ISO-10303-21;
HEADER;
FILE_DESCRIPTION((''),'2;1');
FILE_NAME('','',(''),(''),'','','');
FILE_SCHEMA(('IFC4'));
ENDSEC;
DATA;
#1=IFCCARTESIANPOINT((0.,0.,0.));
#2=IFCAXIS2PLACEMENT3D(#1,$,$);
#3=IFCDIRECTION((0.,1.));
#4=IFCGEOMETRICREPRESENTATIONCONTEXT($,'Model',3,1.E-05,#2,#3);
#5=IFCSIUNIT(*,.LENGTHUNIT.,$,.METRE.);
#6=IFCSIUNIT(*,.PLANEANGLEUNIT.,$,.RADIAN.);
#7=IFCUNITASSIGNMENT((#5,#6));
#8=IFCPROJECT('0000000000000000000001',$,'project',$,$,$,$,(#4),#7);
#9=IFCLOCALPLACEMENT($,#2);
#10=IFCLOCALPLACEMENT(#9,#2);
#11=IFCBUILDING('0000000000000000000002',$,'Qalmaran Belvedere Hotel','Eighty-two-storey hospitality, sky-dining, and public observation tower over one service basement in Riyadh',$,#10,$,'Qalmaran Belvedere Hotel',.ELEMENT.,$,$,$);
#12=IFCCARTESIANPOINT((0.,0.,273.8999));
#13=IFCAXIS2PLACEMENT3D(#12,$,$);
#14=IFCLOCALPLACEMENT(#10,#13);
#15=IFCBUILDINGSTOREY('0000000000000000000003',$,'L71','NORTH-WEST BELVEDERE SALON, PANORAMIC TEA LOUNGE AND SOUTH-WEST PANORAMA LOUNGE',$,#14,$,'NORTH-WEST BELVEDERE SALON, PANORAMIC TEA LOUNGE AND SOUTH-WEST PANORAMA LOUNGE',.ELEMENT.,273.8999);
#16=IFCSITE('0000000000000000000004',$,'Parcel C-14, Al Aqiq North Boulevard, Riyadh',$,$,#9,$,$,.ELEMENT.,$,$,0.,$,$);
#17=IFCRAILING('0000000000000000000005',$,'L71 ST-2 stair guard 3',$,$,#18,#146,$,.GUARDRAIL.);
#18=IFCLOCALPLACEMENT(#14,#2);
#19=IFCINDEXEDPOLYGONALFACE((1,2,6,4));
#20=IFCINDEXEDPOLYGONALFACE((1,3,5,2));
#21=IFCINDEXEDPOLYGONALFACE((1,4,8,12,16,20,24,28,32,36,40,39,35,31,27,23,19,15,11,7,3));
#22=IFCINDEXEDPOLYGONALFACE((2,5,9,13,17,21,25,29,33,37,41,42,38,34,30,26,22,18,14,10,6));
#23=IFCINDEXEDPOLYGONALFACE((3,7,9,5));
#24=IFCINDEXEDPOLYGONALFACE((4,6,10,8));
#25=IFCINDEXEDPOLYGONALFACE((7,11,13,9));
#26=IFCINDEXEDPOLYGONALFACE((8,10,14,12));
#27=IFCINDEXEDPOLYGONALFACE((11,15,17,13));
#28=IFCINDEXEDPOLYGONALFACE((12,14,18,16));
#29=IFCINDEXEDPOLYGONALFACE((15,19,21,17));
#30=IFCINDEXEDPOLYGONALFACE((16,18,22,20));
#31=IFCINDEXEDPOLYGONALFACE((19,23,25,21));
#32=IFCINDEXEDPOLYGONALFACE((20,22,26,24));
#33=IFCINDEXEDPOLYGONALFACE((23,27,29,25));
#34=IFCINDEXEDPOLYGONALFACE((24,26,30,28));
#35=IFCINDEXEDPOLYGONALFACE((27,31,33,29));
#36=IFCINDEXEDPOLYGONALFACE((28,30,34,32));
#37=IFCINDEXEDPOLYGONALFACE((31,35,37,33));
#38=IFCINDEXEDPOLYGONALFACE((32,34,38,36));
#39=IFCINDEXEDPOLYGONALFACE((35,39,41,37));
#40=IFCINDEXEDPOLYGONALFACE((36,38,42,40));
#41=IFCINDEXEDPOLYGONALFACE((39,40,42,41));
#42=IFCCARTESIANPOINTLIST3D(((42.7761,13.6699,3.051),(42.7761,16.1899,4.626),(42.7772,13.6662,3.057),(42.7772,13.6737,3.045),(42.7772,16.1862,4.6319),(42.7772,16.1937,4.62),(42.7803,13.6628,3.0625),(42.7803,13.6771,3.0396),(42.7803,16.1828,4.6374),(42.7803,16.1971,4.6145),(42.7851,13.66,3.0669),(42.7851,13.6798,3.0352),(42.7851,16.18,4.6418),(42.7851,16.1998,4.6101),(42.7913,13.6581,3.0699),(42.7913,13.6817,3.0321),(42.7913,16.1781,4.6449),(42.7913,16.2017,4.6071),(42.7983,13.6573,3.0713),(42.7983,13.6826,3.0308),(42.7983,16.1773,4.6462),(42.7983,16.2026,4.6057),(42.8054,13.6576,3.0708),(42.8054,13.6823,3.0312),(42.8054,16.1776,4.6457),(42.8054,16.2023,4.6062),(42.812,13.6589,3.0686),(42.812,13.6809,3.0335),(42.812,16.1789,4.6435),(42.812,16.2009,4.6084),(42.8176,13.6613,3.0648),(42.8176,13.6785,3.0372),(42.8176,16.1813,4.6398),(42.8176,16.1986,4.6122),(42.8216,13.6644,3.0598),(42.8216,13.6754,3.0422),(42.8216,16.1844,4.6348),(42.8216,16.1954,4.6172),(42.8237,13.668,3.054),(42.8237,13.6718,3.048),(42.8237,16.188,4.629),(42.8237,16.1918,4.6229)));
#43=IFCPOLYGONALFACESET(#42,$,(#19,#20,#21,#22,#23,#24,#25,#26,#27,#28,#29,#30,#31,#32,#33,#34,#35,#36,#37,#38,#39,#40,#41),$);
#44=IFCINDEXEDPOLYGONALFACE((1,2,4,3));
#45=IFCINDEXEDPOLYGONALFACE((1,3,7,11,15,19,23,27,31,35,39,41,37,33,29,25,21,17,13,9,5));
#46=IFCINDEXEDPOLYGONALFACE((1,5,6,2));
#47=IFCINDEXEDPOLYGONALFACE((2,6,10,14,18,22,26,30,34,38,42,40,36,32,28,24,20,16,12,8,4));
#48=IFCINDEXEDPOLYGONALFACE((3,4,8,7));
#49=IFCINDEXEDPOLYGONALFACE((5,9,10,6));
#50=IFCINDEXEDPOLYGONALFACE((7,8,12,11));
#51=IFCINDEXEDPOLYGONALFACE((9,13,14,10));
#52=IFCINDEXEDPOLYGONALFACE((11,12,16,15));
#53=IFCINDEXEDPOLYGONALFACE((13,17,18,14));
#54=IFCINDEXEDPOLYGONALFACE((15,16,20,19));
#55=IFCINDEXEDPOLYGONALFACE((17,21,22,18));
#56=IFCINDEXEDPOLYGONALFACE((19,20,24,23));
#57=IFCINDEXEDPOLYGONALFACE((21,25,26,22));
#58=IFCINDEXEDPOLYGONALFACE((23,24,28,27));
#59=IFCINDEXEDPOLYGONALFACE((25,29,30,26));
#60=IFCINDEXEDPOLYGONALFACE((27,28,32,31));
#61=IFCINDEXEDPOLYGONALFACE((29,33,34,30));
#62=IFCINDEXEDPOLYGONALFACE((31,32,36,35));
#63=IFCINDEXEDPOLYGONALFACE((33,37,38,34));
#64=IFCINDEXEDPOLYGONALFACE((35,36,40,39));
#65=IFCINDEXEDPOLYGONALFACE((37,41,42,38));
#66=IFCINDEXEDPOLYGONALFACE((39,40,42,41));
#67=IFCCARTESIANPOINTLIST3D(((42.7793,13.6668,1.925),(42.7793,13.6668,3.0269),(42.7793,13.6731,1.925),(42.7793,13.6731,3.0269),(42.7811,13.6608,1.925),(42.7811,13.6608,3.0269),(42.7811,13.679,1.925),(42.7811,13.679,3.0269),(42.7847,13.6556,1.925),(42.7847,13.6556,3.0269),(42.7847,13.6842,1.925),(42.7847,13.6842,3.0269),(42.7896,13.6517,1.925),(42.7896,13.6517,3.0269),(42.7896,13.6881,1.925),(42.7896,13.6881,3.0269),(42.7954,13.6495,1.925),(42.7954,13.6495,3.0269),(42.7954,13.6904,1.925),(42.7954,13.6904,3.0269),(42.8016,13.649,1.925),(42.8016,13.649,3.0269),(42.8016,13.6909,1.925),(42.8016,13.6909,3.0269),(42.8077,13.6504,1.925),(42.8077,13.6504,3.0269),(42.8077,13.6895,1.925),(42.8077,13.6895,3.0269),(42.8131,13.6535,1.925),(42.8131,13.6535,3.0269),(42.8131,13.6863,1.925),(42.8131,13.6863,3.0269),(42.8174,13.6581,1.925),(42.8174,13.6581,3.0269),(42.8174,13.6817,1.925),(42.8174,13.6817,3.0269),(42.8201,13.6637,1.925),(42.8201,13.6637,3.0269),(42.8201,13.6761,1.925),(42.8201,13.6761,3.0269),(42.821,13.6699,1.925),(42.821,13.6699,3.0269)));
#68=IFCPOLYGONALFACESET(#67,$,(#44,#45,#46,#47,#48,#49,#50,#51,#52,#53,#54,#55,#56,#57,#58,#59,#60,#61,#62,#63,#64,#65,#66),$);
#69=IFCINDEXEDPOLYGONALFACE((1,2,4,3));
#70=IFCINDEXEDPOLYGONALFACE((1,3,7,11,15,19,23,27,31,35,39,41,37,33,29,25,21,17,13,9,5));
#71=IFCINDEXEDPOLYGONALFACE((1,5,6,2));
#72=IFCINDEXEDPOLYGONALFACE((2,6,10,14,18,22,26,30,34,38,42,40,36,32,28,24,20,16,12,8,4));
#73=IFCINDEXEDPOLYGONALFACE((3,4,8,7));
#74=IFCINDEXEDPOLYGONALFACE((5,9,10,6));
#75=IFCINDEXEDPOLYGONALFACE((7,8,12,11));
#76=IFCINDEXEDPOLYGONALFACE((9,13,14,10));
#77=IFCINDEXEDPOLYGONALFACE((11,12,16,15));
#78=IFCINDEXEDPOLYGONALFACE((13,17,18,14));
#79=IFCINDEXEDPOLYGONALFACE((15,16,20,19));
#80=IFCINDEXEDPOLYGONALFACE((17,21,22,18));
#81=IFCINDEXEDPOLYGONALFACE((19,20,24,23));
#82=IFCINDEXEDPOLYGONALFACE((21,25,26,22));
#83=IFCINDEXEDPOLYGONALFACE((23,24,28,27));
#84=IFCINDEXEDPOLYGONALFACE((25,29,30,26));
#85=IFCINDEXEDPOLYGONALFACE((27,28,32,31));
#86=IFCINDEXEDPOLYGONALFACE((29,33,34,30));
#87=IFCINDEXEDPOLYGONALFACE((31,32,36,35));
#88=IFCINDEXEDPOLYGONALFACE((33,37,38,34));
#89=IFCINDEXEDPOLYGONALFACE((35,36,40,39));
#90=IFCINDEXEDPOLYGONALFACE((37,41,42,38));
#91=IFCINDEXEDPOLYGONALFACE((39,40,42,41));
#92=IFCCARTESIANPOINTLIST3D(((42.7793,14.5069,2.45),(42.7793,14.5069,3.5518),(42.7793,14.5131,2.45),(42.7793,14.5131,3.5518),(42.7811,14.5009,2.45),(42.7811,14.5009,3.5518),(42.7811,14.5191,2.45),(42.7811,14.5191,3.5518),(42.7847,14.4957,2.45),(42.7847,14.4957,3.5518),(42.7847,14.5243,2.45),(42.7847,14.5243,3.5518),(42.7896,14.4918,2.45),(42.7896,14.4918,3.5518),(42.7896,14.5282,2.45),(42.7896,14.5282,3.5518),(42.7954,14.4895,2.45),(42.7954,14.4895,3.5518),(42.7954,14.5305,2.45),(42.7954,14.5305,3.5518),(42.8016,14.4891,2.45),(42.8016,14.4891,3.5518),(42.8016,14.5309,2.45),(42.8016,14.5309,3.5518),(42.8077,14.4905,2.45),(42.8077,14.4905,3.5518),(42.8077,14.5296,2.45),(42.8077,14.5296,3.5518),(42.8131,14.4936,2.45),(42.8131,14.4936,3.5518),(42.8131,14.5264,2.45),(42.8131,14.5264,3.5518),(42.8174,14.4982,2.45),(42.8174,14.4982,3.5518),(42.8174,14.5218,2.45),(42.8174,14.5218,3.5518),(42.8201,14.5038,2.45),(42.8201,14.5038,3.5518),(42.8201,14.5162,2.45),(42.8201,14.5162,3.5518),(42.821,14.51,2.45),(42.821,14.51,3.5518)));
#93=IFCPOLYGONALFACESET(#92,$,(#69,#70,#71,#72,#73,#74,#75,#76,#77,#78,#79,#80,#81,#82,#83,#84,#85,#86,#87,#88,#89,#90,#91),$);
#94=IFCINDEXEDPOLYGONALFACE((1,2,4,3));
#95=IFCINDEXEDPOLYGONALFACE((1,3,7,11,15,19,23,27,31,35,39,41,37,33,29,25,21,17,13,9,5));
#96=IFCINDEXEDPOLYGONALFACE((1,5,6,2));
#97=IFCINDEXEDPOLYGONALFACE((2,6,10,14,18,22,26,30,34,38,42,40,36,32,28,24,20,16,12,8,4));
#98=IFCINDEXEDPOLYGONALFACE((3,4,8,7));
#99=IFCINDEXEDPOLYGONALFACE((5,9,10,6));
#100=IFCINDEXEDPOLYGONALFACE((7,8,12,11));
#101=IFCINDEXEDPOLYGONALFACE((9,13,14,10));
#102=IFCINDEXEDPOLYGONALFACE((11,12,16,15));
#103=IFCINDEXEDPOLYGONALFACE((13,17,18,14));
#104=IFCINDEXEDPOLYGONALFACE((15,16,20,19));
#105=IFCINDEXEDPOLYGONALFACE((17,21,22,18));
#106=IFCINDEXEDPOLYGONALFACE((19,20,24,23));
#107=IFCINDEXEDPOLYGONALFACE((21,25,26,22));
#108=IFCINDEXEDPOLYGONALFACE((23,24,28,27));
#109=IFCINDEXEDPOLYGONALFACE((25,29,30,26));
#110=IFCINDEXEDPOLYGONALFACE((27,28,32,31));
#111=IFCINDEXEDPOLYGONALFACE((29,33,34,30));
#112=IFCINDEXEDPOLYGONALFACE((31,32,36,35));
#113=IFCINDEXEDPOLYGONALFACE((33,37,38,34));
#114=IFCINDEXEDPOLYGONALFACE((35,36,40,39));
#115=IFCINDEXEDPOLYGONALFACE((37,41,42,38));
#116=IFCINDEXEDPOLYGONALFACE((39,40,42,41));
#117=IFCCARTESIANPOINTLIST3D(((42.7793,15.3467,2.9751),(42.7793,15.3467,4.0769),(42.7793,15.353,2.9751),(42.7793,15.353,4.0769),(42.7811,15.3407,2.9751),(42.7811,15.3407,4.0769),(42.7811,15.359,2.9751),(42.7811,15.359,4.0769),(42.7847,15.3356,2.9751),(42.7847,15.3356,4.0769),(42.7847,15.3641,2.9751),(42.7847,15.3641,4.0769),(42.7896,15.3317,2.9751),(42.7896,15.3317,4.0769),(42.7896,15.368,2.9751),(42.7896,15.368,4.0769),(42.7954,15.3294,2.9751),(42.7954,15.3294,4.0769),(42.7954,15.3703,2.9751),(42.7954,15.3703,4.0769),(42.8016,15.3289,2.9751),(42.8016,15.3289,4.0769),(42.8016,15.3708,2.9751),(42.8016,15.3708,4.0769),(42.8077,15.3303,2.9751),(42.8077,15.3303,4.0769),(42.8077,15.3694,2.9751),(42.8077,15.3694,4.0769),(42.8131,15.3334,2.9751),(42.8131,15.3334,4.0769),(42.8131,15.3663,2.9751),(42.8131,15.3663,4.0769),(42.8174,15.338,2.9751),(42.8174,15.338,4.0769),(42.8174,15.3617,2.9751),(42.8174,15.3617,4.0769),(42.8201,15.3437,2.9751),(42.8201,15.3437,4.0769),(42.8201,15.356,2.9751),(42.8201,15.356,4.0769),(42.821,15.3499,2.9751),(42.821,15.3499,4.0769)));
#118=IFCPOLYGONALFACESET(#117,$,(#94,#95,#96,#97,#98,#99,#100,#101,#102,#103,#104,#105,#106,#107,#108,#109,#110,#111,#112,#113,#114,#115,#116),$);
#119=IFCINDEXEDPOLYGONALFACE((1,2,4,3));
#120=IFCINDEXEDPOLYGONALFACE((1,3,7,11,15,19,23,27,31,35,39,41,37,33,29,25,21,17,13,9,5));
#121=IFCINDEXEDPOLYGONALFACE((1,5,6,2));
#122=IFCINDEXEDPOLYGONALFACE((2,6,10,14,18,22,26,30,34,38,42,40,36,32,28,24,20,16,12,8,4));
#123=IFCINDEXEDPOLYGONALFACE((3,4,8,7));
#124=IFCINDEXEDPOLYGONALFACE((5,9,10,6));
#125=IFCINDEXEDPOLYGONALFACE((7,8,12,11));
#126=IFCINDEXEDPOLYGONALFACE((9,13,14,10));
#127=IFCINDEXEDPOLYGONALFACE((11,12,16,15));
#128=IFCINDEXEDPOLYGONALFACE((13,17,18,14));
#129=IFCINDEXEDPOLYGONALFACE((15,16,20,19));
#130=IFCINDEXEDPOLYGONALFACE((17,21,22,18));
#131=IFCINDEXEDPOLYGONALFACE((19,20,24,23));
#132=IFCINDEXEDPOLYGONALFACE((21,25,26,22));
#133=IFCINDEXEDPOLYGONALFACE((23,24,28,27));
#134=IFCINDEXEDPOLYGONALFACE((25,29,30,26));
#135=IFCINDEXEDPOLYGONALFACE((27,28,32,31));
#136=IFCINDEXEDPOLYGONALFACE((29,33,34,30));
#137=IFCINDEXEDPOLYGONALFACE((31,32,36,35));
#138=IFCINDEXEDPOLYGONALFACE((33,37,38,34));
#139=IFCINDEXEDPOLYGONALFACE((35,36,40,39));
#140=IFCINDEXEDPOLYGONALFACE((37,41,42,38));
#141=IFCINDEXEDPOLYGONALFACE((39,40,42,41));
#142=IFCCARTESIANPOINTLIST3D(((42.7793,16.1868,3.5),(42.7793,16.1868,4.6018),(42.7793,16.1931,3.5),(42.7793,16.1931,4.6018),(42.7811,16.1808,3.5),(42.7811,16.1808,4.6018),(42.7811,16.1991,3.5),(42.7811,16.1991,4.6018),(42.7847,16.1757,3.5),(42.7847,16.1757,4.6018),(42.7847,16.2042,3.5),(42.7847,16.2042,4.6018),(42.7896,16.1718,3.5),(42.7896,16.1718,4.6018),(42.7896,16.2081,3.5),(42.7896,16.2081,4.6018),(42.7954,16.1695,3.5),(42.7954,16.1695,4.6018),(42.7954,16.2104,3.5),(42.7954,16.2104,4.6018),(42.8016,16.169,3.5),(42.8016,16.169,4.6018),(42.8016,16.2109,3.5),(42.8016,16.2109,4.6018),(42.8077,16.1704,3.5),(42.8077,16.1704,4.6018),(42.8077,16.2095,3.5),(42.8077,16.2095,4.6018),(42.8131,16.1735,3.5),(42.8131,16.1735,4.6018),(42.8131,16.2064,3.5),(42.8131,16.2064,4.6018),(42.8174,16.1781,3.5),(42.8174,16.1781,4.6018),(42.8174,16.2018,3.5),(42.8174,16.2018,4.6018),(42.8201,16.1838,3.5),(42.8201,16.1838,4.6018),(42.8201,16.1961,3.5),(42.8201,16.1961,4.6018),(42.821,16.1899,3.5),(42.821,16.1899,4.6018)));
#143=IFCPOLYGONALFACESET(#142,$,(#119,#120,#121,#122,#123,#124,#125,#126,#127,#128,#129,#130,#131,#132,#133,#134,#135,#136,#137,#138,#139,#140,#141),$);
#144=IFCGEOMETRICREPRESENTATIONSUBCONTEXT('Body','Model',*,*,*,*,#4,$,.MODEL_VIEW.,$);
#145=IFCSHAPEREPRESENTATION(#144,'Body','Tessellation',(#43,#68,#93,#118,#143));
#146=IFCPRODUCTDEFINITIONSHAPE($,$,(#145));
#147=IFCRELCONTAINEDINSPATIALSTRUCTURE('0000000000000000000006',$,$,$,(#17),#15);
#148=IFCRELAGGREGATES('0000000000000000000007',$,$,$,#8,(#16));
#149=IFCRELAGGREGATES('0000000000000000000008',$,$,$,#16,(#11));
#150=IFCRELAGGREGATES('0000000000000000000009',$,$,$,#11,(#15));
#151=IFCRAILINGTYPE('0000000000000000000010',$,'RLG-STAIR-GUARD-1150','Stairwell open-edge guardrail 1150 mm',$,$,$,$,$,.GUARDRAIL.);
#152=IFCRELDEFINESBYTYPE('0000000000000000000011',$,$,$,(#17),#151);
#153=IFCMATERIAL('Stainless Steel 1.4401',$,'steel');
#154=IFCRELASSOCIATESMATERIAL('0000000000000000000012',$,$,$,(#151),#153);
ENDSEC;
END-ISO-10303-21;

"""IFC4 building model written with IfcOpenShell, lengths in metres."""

from ifc_helpers import new_model, si_unit, direction, frame, origin, origin_2d, place, context, subcontext, project, spatial, circle, extrude, material, type_object, element, save


model = new_model("IFC4")

# Units and contexts
model_context = context("Model", 3, precision=1e-05, world=origin(), true_north=direction((0.0, 1.0)))
body_context = subcontext(model_context, "Body", "Model", "MODEL_VIEW")
ifc_project = project(units=[si_unit("LENGTHUNIT", "METRE"), si_unit("PLANEANGLEUNIT", "RADIAN")], contexts=[model_context])

# Site, building, storey
site_placement = place(None, origin())
site = spatial("IfcSite", under=ifc_project, at=site_placement, Name="Parcel C-14, Al Aqiq North Boulevard, Riyadh", CompositionType="ELEMENT", RefElevation=0.0)
building_placement = place(site_placement, origin())
building = spatial("IfcBuilding", under=site, at=building_placement, Name="Qalmaran Belvedere Hotel", Description="Eighty-two-storey hospitality, sky-dining, and public observation tower over one service basement in Riyadh", LongName="Qalmaran Belvedere Hotel", CompositionType="ELEMENT")
storey_placement = place(building_placement, frame((0.0, 0.0, 273.8999)))
storey = spatial("IfcBuildingStorey", under=building, at=storey_placement, Name="L71", Description="NORTH-WEST BELVEDERE SALON, PANORAMIC TEA LOUNGE AND SOUTH-WEST PANORAMA LOUNGE", LongName="NORTH-WEST BELVEDERE SALON, PANORAMIC TEA LOUNGE AND SOUTH-WEST PANORAMA LOUNGE", CompositionType="ELEMENT", Elevation=273.8999)

# Railing
ifc_material_1 = material(Name="Stainless Steel 1.4401", Category="steel")
railing_type_1 = type_object("IfcRailingType", Name="RLG-STAIR-GUARD-1150", Description="Stairwell open-edge guardrail 1150 mm", PredefinedType="GUARDRAIL", material=ifc_material_1)
railing_1_placement = place(storey_placement, frame((42.8, 13.6699, 1.925)))
element("IfcRailing", 1, at=railing_1_placement, inside=storey, type_object=railing_type_1, Name="L71 ST-2 stair guard 3", PredefinedType="GUARDRAIL", context=body_context, shape_type="SweptSolid", body=[
    extrude(circle(Radius=0.0239, at=origin_2d()), frame((0.0, 0.0, 1.126), z_axis=(0.0, 0.848008, 0.529984), x_axis=(-1.0, 0.0, 0.0)), (0.0, 0.0, 1.0), 2.9717),
    extrude(circle(Radius=0.021, at=origin_2d()), origin(), (0.0, 0.0, 1.0), 1.1018),
    extrude(circle(Radius=0.021, at=origin_2d()), frame((0.0, 0.8401, 0.5249)), (0.0, 0.0, 1.0), 1.1018),
    extrude(circle(Radius=0.021, at=origin_2d()), frame((0.0, 1.6799, 1.05)), (0.0, 0.0, 1.0), 1.1018),
    extrude(circle(Radius=0.021, at=origin_2d()), frame((0.0, 2.52, 1.575)), (0.0, 0.0, 1.0), 1.1018),
])

save(model, "model.ifc")
